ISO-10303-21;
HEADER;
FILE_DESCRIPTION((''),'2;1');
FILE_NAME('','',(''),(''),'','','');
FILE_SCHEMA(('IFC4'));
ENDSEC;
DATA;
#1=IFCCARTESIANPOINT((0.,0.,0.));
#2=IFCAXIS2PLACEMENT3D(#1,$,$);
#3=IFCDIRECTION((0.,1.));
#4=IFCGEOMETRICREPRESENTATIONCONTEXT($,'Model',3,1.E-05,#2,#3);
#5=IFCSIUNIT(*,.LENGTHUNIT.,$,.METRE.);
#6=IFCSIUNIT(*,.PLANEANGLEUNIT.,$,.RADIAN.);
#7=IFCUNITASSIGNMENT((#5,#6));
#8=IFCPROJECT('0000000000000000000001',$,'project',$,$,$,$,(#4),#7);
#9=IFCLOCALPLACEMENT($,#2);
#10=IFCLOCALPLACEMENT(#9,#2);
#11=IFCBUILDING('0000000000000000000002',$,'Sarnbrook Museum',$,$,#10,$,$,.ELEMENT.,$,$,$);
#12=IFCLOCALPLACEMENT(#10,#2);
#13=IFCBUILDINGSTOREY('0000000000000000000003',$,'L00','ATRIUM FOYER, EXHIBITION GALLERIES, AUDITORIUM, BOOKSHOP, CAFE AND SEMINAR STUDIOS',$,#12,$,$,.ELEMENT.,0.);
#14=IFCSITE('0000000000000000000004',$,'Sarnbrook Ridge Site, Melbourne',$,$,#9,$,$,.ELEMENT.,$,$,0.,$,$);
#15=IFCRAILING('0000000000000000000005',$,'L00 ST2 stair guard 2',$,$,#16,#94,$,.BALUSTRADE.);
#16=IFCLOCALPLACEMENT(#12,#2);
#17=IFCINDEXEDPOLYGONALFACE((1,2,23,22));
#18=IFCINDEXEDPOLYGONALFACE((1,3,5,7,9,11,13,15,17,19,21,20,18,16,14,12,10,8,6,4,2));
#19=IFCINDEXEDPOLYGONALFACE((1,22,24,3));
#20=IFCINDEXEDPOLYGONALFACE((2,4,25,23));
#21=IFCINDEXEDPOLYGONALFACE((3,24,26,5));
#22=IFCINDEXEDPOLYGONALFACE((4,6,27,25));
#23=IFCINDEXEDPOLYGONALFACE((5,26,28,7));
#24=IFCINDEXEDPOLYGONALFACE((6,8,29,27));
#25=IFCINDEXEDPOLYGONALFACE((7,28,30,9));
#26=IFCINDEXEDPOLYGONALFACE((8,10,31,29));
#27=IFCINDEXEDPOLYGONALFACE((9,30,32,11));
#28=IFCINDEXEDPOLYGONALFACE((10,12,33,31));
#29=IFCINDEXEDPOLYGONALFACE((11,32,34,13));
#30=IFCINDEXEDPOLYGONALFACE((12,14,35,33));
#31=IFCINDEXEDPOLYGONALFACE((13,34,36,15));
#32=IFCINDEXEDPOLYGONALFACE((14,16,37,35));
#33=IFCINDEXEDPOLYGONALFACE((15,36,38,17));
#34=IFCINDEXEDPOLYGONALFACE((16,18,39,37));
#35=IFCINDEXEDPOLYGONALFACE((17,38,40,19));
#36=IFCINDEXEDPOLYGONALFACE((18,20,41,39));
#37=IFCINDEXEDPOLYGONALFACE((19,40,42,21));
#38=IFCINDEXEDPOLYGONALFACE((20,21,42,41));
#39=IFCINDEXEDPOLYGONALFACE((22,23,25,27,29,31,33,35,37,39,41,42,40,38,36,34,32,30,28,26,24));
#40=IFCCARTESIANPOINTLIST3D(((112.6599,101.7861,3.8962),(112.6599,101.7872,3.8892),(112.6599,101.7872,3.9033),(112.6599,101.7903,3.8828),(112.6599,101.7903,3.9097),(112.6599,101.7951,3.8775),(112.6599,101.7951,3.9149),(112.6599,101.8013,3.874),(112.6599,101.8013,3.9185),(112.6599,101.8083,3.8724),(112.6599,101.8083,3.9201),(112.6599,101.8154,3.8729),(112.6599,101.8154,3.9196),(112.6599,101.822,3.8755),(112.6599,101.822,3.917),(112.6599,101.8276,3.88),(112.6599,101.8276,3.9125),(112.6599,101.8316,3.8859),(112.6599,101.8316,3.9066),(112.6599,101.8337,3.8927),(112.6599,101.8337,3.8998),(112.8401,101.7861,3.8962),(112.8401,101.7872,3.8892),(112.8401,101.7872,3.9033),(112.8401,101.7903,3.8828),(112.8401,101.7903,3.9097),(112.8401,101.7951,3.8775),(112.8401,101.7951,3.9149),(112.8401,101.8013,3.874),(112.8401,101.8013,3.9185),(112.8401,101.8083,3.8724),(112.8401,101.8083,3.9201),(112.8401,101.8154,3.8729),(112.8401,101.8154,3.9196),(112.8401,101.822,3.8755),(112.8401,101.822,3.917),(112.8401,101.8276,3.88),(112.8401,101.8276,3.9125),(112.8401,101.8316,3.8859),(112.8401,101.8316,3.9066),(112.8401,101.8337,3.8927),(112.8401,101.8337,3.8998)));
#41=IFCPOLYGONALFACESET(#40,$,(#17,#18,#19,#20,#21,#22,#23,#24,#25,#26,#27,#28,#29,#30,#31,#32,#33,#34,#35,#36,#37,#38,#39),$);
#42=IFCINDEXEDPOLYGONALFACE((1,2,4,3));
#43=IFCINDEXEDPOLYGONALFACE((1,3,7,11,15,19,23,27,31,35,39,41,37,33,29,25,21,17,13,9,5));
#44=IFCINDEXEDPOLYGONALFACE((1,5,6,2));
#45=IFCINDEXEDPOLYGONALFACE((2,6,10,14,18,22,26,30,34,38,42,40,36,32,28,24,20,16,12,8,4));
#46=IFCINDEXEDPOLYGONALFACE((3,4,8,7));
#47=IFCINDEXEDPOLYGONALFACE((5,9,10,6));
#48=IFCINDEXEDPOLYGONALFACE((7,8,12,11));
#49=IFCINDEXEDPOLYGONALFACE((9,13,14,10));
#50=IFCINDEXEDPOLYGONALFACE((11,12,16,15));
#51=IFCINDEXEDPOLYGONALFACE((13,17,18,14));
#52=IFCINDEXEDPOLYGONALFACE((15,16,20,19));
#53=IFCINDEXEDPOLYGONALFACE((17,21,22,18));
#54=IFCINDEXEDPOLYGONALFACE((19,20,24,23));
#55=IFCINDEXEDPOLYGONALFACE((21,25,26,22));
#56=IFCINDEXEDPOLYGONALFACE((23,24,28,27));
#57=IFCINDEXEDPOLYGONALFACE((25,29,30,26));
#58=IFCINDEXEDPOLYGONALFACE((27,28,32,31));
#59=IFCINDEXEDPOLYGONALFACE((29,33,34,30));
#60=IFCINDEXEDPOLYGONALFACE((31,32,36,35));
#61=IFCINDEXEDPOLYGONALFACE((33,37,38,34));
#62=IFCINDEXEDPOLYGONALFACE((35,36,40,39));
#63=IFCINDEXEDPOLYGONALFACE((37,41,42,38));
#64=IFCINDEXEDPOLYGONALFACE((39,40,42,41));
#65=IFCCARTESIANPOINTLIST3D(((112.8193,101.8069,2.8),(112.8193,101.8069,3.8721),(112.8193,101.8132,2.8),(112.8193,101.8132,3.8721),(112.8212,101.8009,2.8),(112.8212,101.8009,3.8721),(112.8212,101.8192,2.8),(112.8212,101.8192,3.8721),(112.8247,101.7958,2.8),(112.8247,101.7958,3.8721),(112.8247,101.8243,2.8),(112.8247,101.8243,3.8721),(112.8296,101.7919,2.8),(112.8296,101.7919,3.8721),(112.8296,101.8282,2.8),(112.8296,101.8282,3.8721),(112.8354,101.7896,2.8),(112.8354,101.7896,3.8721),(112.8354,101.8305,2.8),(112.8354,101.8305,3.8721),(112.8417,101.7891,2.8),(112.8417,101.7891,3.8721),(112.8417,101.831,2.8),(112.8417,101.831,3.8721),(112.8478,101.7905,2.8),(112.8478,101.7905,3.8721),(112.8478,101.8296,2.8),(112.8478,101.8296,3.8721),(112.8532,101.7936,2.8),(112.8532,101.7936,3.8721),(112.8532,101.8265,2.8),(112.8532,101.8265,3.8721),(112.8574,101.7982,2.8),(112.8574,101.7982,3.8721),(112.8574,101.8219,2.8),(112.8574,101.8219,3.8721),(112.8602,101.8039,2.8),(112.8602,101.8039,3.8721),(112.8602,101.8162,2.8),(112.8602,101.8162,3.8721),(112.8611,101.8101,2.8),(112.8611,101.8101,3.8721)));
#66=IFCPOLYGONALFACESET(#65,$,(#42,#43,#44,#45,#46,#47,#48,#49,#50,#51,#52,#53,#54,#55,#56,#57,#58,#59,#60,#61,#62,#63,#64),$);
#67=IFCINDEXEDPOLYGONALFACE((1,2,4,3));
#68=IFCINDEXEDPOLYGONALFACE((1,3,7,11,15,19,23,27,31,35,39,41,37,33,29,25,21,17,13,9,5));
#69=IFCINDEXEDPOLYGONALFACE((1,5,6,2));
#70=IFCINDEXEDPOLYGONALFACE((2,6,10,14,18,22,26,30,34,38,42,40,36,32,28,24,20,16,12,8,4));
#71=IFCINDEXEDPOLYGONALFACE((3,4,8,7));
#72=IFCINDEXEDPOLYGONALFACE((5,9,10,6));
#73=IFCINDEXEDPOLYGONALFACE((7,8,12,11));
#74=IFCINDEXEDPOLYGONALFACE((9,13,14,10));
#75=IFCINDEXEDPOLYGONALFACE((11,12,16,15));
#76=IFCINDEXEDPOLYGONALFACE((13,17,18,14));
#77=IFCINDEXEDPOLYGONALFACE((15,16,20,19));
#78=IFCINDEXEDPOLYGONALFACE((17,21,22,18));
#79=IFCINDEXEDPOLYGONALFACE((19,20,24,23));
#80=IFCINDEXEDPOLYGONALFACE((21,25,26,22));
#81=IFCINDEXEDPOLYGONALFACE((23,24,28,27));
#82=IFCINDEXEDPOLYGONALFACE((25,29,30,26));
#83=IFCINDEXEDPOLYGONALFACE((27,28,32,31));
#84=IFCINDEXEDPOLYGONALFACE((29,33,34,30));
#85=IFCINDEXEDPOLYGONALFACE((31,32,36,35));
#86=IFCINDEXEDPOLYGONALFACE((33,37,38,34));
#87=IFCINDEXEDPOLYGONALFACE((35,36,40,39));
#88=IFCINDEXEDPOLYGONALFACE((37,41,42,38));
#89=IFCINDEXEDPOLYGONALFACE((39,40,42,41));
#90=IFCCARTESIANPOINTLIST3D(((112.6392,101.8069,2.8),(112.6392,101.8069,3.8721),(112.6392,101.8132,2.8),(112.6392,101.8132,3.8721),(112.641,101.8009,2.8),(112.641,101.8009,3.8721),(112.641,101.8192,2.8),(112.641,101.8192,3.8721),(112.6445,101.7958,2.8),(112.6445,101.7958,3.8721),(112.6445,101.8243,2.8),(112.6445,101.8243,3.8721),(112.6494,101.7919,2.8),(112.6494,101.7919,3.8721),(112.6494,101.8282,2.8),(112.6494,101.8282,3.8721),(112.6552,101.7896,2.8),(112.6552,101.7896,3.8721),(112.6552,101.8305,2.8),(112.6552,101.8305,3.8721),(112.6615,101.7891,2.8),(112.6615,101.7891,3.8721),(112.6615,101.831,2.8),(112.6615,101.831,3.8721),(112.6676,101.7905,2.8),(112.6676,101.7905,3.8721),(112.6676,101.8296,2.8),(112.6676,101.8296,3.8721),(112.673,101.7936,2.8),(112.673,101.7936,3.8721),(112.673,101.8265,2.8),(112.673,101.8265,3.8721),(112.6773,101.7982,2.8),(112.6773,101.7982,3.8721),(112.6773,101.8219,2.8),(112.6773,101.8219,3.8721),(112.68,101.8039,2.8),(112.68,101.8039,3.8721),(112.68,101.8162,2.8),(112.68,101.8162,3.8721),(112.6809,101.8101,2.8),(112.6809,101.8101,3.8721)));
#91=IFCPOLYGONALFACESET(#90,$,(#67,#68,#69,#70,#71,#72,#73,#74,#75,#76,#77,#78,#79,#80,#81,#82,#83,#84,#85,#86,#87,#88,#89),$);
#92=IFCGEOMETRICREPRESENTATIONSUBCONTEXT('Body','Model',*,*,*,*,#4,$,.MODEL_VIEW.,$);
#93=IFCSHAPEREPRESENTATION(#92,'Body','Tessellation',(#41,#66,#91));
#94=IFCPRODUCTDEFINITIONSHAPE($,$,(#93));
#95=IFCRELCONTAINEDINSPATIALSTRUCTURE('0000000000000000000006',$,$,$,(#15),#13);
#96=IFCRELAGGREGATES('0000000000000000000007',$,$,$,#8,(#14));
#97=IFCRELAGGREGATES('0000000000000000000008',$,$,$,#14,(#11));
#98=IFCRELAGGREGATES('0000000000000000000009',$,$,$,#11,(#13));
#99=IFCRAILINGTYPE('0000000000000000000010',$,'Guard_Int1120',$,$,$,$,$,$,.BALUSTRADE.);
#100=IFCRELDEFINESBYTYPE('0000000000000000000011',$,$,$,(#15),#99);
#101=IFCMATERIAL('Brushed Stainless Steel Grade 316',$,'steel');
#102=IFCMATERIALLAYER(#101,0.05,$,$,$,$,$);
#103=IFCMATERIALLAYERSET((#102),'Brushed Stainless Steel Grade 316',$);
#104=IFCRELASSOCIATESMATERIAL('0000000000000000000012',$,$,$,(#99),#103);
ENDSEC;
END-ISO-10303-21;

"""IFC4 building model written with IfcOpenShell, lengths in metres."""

from ifc_helpers import new_model, si_unit, direction, frame, origin, origin_2d, place, context, subcontext, project, spatial, circle, extrude, material, layer, layer_set, type_object, element, save


model = new_model("IFC4")

# Units and contexts
model_context = context("Model", 3, precision=1e-05, world=origin(), true_north=direction((0.0, 1.0)))
body_context = subcontext(model_context, "Body", "Model", "MODEL_VIEW")
ifc_project = project(units=[si_unit("LENGTHUNIT", "METRE"), si_unit("PLANEANGLEUNIT", "RADIAN")], contexts=[model_context])

# Site, building, storey
site_placement = place(None, origin())
site = spatial("IfcSite", under=ifc_project, at=site_placement, Name="Sarnbrook Ridge Site, Melbourne", CompositionType="ELEMENT", RefElevation=0.0)
building_placement = place(site_placement, origin())
building = spatial("IfcBuilding", under=site, at=building_placement, Name="Sarnbrook Museum", CompositionType="ELEMENT")
storey_placement = place(building_placement, origin())
storey = spatial("IfcBuildingStorey", under=building, at=storey_placement, Name="L00", Description="ATRIUM FOYER, EXHIBITION GALLERIES, AUDITORIUM, BOOKSHOP, CAFE AND SEMINAR STUDIOS", CompositionType="ELEMENT", Elevation=0.0)

# Shared definitions
ifc_material_1 = material(Name="Brushed Stainless Steel Grade 316", Category="steel")

# Railing
ifc_layer_1 = layer(ifc_material_1, 0.05)
ifc_layer_set_1 = layer_set([ifc_layer_1], Name="Brushed Stainless Steel Grade 316")
railing_type_1 = type_object("IfcRailingType", Name="Guard_Int1120", PredefinedType="BALUSTRADE", material=ifc_layer_set_1)
railing_1_placement = place(storey_placement, frame((112.8401, 101.8101, 2.8)))
element("IfcRailing", 1, at=railing_1_placement, inside=storey, type_object=railing_type_1, Name="L00 ST2 stair guard 2", PredefinedType="BALUSTRADE", context=body_context, shape_type="SweptSolid", body=[
    extrude(circle(Radius=0.0239, at=origin_2d()), frame((0.0, 0.0, 1.0962), z_axis=(-1.0, 0.0, 0.0), x_axis=(0.0, -1.0, 0.0)), (0.0, 0.0, 1.0), 0.1802),
    extrude(circle(Radius=0.021, at=origin_2d()), origin(), (0.0, 0.0, 1.0), 1.072),
    extrude(circle(Radius=0.021, at=origin_2d()), frame((-0.1802, 0.0, 0.0)), (0.0, 0.0, 1.0), 1.072),
])

save(model, "model.ifc")
